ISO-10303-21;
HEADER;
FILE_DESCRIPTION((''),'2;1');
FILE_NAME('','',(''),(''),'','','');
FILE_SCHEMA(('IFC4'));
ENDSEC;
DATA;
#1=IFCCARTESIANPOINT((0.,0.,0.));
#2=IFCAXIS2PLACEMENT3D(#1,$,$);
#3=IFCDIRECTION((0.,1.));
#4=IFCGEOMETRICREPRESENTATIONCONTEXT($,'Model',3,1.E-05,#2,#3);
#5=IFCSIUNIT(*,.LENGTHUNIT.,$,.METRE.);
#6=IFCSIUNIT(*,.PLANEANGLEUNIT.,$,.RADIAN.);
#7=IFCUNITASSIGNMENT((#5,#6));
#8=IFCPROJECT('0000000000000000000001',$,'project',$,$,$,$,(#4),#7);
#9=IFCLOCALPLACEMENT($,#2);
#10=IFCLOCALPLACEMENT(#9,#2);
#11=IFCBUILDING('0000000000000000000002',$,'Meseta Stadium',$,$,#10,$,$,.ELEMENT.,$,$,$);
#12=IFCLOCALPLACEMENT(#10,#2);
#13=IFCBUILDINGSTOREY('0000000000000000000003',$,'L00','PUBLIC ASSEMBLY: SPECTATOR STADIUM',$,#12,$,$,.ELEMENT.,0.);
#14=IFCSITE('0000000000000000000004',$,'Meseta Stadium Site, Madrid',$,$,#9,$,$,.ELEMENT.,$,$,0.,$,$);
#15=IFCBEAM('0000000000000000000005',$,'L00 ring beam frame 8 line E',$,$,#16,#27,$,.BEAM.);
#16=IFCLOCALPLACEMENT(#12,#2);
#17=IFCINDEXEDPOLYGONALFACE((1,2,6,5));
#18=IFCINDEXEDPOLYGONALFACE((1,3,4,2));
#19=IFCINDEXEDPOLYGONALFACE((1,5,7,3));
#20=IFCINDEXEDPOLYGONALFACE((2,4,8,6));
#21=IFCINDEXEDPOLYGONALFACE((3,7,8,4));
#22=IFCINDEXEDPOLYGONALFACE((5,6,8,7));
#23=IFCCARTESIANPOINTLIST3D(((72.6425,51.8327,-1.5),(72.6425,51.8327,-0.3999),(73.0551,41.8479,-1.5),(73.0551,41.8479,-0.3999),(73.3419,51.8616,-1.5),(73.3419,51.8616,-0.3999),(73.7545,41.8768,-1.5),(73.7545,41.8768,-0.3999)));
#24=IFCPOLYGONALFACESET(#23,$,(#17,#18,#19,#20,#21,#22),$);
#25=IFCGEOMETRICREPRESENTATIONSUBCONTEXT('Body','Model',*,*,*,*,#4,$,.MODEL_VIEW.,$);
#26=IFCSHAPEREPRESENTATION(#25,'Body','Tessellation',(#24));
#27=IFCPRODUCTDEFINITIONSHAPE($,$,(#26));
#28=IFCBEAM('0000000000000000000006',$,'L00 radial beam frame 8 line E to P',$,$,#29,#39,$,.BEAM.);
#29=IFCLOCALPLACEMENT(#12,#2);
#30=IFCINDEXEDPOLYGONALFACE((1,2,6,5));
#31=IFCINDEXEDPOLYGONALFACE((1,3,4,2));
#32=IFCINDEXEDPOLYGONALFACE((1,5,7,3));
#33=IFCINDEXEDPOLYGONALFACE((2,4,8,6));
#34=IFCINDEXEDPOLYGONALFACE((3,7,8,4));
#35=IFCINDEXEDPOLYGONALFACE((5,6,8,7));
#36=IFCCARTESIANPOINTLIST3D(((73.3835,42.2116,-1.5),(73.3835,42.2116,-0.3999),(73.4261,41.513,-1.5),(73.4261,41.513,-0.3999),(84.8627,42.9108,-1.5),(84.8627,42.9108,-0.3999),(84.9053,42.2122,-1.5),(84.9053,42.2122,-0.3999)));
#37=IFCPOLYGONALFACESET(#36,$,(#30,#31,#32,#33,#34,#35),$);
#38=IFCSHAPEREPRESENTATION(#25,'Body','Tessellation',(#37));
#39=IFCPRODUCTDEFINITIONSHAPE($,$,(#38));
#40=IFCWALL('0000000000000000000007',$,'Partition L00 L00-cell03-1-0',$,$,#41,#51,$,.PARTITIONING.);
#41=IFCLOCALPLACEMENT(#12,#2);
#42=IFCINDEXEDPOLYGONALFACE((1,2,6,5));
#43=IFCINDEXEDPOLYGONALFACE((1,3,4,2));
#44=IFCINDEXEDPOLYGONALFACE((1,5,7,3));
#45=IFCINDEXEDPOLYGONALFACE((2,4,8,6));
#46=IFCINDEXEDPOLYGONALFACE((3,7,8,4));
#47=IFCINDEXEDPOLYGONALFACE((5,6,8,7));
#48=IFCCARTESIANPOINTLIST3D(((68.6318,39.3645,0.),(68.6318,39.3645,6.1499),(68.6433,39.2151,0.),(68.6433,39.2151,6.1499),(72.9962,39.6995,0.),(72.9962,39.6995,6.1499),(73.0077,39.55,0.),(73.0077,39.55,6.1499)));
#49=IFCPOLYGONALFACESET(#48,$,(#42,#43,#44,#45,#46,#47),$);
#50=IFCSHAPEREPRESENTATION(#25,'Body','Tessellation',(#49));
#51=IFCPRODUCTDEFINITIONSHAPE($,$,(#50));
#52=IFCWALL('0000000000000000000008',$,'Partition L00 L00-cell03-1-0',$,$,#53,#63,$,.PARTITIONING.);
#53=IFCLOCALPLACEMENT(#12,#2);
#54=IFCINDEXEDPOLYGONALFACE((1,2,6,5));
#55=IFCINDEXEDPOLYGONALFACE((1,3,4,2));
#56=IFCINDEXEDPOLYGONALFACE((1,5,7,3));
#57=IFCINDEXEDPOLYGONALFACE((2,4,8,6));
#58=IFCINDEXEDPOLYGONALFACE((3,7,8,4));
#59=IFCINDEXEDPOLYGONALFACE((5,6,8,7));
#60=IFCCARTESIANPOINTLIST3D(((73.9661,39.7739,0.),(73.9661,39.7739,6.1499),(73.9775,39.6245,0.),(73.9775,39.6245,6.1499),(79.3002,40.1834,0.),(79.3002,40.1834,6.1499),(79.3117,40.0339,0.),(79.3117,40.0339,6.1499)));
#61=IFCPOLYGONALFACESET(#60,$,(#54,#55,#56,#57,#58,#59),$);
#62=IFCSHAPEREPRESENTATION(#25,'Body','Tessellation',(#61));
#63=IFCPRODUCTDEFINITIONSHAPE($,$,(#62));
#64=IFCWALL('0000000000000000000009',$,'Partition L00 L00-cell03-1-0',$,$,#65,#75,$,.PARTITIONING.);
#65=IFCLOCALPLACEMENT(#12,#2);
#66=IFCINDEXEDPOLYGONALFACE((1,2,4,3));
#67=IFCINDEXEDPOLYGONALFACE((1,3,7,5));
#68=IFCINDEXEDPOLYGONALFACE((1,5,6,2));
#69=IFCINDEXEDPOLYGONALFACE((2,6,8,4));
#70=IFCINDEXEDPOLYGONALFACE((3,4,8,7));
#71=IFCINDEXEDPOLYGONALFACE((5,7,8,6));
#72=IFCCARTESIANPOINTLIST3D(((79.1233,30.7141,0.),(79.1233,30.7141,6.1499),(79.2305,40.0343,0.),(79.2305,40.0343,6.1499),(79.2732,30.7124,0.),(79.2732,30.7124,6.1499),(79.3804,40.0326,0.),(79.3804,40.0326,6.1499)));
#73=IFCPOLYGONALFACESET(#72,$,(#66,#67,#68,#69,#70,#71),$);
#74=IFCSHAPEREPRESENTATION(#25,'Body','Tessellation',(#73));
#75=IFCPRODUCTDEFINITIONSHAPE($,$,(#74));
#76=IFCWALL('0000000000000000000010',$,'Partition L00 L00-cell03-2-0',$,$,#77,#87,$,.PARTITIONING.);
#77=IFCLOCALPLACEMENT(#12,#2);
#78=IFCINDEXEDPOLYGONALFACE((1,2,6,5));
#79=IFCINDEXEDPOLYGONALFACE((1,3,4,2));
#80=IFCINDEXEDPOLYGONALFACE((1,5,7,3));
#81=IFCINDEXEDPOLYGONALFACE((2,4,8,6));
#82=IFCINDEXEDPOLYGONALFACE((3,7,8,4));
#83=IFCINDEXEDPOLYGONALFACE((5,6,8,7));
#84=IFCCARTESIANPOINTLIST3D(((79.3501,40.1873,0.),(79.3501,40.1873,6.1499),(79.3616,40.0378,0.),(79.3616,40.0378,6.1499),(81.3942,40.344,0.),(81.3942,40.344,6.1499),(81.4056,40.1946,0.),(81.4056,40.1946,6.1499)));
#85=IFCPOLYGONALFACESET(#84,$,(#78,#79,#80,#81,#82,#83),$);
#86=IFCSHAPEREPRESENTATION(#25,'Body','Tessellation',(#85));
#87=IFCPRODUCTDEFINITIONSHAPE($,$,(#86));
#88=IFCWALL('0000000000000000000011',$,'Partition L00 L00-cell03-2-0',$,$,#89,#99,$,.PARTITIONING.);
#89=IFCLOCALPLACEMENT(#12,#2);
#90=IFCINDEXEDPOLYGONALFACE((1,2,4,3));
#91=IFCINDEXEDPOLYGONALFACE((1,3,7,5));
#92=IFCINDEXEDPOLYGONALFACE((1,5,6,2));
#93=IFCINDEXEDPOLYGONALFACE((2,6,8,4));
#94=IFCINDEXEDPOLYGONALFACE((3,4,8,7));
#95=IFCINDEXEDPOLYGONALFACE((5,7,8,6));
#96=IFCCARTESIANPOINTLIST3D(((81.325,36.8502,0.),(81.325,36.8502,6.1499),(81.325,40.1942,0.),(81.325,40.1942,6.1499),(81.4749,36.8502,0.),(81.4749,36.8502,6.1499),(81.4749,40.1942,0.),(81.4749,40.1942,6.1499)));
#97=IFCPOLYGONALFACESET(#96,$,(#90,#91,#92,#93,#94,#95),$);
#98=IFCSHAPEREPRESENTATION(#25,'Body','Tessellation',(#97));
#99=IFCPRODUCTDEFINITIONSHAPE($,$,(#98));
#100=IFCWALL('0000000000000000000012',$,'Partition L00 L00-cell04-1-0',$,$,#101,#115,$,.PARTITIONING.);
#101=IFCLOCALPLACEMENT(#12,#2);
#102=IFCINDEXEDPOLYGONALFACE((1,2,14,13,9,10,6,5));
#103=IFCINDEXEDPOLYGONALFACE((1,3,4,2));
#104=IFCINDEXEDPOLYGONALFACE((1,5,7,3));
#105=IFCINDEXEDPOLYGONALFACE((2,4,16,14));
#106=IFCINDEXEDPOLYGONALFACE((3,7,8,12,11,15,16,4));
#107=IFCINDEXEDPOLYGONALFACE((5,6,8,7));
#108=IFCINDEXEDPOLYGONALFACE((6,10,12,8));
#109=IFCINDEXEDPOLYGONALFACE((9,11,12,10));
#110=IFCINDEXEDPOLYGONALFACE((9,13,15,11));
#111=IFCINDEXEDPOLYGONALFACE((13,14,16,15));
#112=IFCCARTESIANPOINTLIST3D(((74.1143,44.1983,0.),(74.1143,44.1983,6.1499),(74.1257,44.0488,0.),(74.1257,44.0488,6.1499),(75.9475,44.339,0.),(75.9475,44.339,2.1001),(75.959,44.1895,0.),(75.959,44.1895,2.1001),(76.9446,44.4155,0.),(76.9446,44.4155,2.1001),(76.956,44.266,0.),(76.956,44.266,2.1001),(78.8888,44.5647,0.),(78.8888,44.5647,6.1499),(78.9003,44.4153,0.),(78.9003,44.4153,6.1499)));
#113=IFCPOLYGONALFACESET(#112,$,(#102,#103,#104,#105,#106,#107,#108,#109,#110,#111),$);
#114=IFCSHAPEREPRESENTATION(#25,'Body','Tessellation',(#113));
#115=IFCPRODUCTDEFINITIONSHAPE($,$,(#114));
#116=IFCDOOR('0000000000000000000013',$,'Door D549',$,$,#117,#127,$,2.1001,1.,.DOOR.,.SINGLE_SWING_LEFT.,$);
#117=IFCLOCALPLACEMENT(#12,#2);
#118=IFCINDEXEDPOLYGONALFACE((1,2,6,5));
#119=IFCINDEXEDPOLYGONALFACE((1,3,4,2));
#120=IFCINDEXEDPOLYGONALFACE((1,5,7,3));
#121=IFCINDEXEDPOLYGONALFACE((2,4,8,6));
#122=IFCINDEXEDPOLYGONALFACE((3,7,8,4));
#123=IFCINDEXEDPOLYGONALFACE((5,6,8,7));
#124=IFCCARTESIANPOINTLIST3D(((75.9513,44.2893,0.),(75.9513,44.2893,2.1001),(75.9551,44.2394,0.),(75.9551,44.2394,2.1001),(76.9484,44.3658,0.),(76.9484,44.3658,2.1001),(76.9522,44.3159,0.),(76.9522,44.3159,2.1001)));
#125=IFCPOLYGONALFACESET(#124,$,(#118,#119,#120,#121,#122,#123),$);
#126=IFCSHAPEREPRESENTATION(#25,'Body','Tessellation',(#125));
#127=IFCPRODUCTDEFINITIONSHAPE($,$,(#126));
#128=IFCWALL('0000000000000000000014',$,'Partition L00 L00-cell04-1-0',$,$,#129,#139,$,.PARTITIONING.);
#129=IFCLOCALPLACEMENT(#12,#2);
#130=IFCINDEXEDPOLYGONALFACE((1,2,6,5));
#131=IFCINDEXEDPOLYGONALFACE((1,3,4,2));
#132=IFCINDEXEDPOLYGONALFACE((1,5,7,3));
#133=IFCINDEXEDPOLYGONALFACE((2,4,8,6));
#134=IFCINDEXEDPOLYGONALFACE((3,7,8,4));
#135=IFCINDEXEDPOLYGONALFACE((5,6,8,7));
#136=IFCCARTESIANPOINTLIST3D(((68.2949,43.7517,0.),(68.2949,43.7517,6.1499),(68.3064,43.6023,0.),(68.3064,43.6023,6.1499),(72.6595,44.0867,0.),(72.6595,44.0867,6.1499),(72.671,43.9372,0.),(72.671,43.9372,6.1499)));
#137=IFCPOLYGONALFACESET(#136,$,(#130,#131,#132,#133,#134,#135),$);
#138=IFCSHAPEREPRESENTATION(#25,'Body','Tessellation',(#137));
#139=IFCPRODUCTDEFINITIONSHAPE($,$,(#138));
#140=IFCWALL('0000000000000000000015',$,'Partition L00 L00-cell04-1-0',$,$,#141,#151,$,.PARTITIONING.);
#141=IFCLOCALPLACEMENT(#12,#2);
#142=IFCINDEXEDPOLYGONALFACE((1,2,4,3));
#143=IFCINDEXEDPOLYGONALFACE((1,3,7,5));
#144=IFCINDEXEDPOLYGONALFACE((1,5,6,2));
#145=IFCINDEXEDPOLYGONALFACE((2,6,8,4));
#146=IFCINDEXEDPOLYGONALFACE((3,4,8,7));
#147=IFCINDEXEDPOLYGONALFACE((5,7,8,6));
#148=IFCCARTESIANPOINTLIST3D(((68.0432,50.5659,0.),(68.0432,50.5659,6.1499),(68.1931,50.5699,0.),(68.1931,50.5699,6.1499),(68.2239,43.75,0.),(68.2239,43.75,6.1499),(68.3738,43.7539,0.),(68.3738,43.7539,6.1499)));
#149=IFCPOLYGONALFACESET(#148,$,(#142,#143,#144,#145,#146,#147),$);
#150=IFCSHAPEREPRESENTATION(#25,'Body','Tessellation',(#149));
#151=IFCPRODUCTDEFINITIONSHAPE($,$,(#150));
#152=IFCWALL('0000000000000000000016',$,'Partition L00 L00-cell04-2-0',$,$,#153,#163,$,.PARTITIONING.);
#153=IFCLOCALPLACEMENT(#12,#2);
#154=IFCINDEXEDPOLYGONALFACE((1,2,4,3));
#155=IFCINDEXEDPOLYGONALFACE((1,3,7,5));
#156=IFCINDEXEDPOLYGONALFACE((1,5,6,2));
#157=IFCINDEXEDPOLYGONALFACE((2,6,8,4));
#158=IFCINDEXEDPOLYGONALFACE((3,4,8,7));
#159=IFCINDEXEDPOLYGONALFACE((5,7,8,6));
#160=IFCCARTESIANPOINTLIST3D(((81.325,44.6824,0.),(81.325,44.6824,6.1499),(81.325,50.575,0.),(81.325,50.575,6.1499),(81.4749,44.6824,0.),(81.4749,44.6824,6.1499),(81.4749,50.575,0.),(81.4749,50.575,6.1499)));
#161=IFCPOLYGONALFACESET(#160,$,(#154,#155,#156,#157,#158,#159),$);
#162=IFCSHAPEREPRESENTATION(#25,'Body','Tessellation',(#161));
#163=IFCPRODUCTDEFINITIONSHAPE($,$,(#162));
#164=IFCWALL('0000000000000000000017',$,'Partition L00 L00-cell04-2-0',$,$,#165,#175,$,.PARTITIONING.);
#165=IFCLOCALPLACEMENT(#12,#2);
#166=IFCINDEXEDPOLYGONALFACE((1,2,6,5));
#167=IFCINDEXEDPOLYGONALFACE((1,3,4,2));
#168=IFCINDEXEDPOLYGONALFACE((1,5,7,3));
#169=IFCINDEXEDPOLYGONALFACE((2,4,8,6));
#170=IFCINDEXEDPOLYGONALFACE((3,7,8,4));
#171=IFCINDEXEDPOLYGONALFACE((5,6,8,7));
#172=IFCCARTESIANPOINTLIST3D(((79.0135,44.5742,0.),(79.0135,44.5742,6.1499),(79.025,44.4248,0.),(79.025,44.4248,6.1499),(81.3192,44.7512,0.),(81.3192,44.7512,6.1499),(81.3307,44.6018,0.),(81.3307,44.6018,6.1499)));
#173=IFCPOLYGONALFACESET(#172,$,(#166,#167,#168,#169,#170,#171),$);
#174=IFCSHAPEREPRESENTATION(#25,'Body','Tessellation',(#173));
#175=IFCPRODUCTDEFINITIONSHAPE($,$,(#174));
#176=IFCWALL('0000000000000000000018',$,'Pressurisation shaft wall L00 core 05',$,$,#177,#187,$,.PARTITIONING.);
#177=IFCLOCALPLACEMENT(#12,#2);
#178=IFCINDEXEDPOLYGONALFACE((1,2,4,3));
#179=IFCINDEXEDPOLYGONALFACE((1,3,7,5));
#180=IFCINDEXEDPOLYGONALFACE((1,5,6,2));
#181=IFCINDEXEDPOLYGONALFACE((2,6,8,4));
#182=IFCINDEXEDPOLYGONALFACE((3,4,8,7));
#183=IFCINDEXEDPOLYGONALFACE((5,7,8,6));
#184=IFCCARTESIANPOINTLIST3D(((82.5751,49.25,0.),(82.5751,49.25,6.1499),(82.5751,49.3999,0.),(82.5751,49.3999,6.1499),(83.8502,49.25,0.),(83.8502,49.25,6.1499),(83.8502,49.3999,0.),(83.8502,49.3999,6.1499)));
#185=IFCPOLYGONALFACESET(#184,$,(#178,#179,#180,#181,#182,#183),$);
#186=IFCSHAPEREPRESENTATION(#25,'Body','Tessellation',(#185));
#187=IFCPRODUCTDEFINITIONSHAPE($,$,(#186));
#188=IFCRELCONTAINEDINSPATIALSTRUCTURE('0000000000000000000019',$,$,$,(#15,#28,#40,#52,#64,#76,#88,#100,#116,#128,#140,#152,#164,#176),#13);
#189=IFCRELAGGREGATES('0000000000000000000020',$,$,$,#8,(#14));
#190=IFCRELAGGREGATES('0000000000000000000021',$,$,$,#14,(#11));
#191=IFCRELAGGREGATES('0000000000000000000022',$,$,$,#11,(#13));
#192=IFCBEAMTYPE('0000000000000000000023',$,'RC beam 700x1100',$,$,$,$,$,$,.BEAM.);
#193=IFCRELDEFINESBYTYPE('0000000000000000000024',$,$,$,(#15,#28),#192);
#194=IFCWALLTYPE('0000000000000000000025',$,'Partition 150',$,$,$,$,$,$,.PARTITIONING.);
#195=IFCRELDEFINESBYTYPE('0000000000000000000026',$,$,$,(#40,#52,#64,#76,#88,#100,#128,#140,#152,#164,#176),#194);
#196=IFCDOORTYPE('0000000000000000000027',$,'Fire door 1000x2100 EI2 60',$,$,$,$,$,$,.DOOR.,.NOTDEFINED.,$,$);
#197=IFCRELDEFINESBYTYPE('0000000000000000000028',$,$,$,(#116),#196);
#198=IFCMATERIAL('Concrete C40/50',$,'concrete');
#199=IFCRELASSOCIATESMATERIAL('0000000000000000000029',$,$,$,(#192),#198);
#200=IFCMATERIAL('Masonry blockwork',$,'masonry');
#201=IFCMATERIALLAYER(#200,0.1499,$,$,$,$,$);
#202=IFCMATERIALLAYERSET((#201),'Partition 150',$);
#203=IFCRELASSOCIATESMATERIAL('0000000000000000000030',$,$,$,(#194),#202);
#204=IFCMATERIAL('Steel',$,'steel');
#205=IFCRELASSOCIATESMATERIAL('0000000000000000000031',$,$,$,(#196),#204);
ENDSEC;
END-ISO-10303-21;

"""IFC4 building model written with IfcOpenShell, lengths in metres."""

from ifc_helpers import new_model, si_unit, direction, frame, frame_2d, origin, origin_2d, place, context, subcontext, project, spatial, rectangle, extrude, material, layer, layer_set, material_profile, profile_set, type_object, element, fill, save


model = new_model("IFC4")

# Units and contexts
model_context = context("Model", 3, precision=1e-05, world=origin(), true_north=direction((0.0, 1.0)))
body_context = subcontext(model_context, "Body", "Model", "MODEL_VIEW")
ifc_project = project(units=[si_unit("LENGTHUNIT", "METRE"), si_unit("PLANEANGLEUNIT", "RADIAN")], contexts=[model_context])

# Site, building, storey
site_placement = place(None, origin())
site = spatial("IfcSite", under=ifc_project, at=site_placement, Name="Meseta Stadium Site, Madrid", CompositionType="ELEMENT", RefElevation=0.0)
building_placement = place(site_placement, origin())
building = spatial("IfcBuilding", under=site, at=building_placement, Name="Meseta Stadium", CompositionType="ELEMENT")
storey_placement = place(building_placement, origin())
storey = spatial("IfcBuildingStorey", under=building, at=storey_placement, Name="L00", Description="PUBLIC ASSEMBLY: SPECTATOR STADIUM", CompositionType="ELEMENT", Elevation=0.0)

# Beams
ifc_material_1 = material(Name="Concrete C40/50", Category="concrete")
ifc_material_profile_1 = material_profile(ifc_material_1, rectangle(XDim=0.7, YDim=1.1001, at=origin_2d()), Name="RC 700x1100")
ifc_profile_set_1 = profile_set([ifc_material_profile_1], Name="Concrete C40/50")
beam_type_1 = type_object("IfcBeamType", Name="RC beam 700x1100", PredefinedType="BEAM", material=ifc_profile_set_1)
beam_1_placement = place(storey_placement, frame((73.4048, 41.8623, -0.95), z_axis=(-0.041287, 0.999147, 0.0), x_axis=(-0.999147, -0.041287, 0.0)))
element("IfcBeam", 1, at=beam_1_placement, inside=storey, type_object=beam_type_1, Name="L00 ring beam frame 8 line E", PredefinedType="BEAM", context=body_context, shape_type="SweptSolid", body=[
    extrude(rectangle(XDim=0.7, YDim=1.1001, at=origin_2d()), origin(), (0.0, 0.0, 1.0), 9.9934),
])
beam_2_placement = place(storey_placement, frame((73.4048, 41.8623, -0.95), z_axis=(0.99815, 0.060799, 0.0), x_axis=(-0.060799, 0.99815, 0.0)))
element("IfcBeam", 2, at=beam_2_placement, inside=storey, type_object=beam_type_1, Name="L00 radial beam frame 8 line E to P", PredefinedType="BEAM", context=body_context, shape_type="SweptSolid", body=[
    extrude(rectangle(XDim=0.7, YDim=1.1001, at=origin_2d()), origin(), (0.0, 0.0, 1.0), 11.5005),
])

# Walls
ifc_material_2 = material(Name="Masonry blockwork", Category="masonry")
ifc_layer = layer(ifc_material_2, 0.1499)
ifc_layer_set = layer_set([ifc_layer], Name="Partition 150")
wall_type = type_object("IfcWallType", Name="Partition 150", PredefinedType="PARTITIONING", material=ifc_layer_set)
wall_1_placement = place(storey_placement, frame((68.6377, 39.2898, 0.0), z_axis=(0.0, 0.0, 1.0), x_axis=(0.997068, 0.076526, 0.0)))
element("IfcWall", 3, at=wall_1_placement, inside=storey, type_object=wall_type, Name="Partition L00 L00-cell03-1-0", PredefinedType="PARTITIONING", context=body_context, shape_type="SweptSolid", body=[
    extrude(rectangle(XDim=4.3772, YDim=0.1499, at=frame_2d((2.1885, 0.0))), origin(), (0.0, 0.0, 1.0), 6.1499),
])
wall_2_placement = place(storey_placement, frame((73.9719, 39.6992, 0.0), z_axis=(0.0, 0.0, 1.0), x_axis=(0.997067, 0.076529, 0.0)))
element("IfcWall", 4, at=wall_2_placement, inside=storey, type_object=wall_type, Name="Partition L00 L00-cell03-1-0", PredefinedType="PARTITIONING", context=body_context, shape_type="SweptSolid", body=[
    extrude(rectangle(XDim=5.3499, YDim=0.1499, at=frame_2d((2.6748, 0.0))), origin(), (0.0, 0.0, 1.0), 6.1499),
])
wall_3_placement = place(storey_placement, frame((79.3054, 40.0334, 0.0), z_axis=(0.0, 0.0, 1.0), x_axis=(-0.011499, -0.999934, 0.0)))
element("IfcWall", 5, at=wall_3_placement, inside=storey, type_object=wall_type, Name="Partition L00 L00-cell03-1-0", PredefinedType="PARTITIONING", context=body_context, shape_type="SweptSolid", body=[
    extrude(rectangle(XDim=9.3208, YDim=0.1499, at=frame_2d((4.6604, 0.0))), origin(), (0.0, 0.0, 1.0), 6.1499),
])
wall_4_placement = place(storey_placement, frame((79.356, 40.1125, 0.0), z_axis=(0.0, 0.0, 1.0), x_axis=(0.997073, 0.07646, 0.0)))
element("IfcWall", 6, at=wall_4_placement, inside=storey, type_object=wall_type, Name="Partition L00 L00-cell03-2-0", PredefinedType="PARTITIONING", context=body_context, shape_type="SweptSolid", body=[
    extrude(rectangle(XDim=2.05, YDim=0.1499, at=frame_2d((1.0249, 0.0))), origin(), (0.0, 0.0, 1.0), 6.1499),
])
wall_5_placement = place(storey_placement, frame((81.3999, 40.1941, 0.0), z_axis=(0.0, 0.0, 1.0), x_axis=(0.0, -1.0, 0.0)))
element("IfcWall", 7, at=wall_5_placement, inside=storey, type_object=wall_type, Name="Partition L00 L00-cell03-2-0", PredefinedType="PARTITIONING", context=body_context, shape_type="SweptSolid", body=[
    extrude(rectangle(XDim=3.344, YDim=0.1499, at=frame_2d((1.6719, 0.0))), origin(), (0.0, 0.0, 1.0), 6.1499),
])

# Wall, opening, door
wall_6_placement = place(storey_placement, frame((78.8945, 44.49, 0.0), z_axis=(0.0, 0.0, 1.0), x_axis=(-0.997067, -0.076529, 0.0)))
wall_6 = element("IfcWall", 8, at=wall_6_placement, inside=storey, type_object=wall_type, Name="Partition L00 L00-cell04-1-0", PredefinedType="PARTITIONING", context=body_context, shape_type="SweptSolid", body=[
    extrude(rectangle(XDim=4.7886, YDim=0.1499, at=frame_2d((2.3943, 0.0))), origin(), (0.0, 0.0, 1.0), 6.1499),
])
opening_1_placement = place(wall_6_placement, frame((1.95, 0.0, 0.0)))
opening_1 = element("IfcOpeningElement", 9, at=opening_1_placement, cuts=wall_6, PredefinedType="OPENING", context=body_context, shape_type="SweptSolid", body=[
    extrude(rectangle(XDim=1.0, YDim=2.1001, at=frame_2d((0.5, 1.05))), frame((0.0, 0.085, 0.0), z_axis=(0.0, -1.0, 0.0), x_axis=(1.0, 0.0, 0.0)), (0.0, 0.0, 1.0), 0.1699),
])
ifc_material_3 = material(Name="Steel", Category="steel")
door_type_1 = type_object("IfcDoorType", Name="Fire door 1000x2100 EI2 60", OperationType="NOTDEFINED", PredefinedType="DOOR", material=ifc_material_3)
door_1_placement = place(opening_1_placement, origin())
door_1 = element("IfcDoor", 10, at=door_1_placement, inside=storey, type_object=door_type_1, Name="Door D549", OperationType="SINGLE_SWING_LEFT", OverallHeight=2.1001, OverallWidth=1.0, PredefinedType="DOOR", context=body_context, shape_type="SweptSolid", body=[
    extrude(rectangle(XDim=1.0, YDim=2.1001, at=frame_2d((0.5, 1.05))), frame((0.0, 0.0249, 0.0), z_axis=(0.0, -1.0, 0.0), x_axis=(1.0, 0.0, 0.0)), (0.0, 0.0, 1.0), 0.05),
])
fill(opening_1, door_1)

# Walls
wall_7_placement = place(storey_placement, frame((72.6653, 44.012, 0.0), z_axis=(0.0, 0.0, 1.0), x_axis=(-0.997068, -0.076522, 0.0)))
element("IfcWall", 11, at=wall_7_placement, inside=storey, type_object=wall_type, Name="Partition L00 L00-cell04-1-0", PredefinedType="PARTITIONING", context=body_context, shape_type="SweptSolid", body=[
    extrude(rectangle(XDim=4.3774, YDim=0.1499, at=frame_2d((2.1887, 0.0))), origin(), (0.0, 0.0, 1.0), 6.1499),
])
wall_8_placement = place(storey_placement, frame((68.2988, 43.752, 0.0), z_axis=(0.0, 0.0, 1.0), x_axis=(-0.026497, 0.999649, 0.0)))
element("IfcWall", 12, at=wall_8_placement, inside=storey, type_object=wall_type, Name="Partition L00 L00-cell04-1-0", PredefinedType="PARTITIONING", context=body_context, shape_type="SweptSolid", body=[
    extrude(rectangle(XDim=6.8184, YDim=0.1499, at=frame_2d((3.4092, 0.0))), origin(), (0.0, 0.0, 1.0), 6.1499),
])
wall_9_placement = place(storey_placement, frame((81.3999, 50.575, 0.0), z_axis=(0.0, 0.0, 1.0), x_axis=(0.0, -1.0, 0.0)))
element("IfcWall", 13, at=wall_9_placement, inside=storey, type_object=wall_type, Name="Partition L00 L00-cell04-2-0", PredefinedType="PARTITIONING", context=body_context, shape_type="SweptSolid", body=[
    extrude(rectangle(XDim=5.8926, YDim=0.1499, at=frame_2d((2.9463, 0.0))), origin(), (0.0, 0.0, 1.0), 6.1499),
])
wall_10_placement = place(storey_placement, frame((81.325, 44.6765, 0.0), z_axis=(0.0, 0.0, 1.0), x_axis=(-0.997066, -0.076543, 0.0)))
element("IfcWall", 14, at=wall_10_placement, inside=storey, type_object=wall_type, Name="Partition L00 L00-cell04-2-0", PredefinedType="PARTITIONING", context=body_context, shape_type="SweptSolid", body=[
    extrude(rectangle(XDim=2.3125, YDim=0.1499, at=frame_2d((1.1562, 0.0))), origin(), (0.0, 0.0, 1.0), 6.1499),
])
wall_11_placement = place(storey_placement, frame((82.575, 49.325, 0.0), z_axis=(0.0, 0.0, 1.0), x_axis=(1.0, 0.0, 0.0)))
element("IfcWall", 15, at=wall_11_placement, inside=storey, type_object=wall_type, Name="Pressurisation shaft wall L00 core 05", PredefinedType="PARTITIONING", context=body_context, shape_type="SweptSolid", body=[
    extrude(rectangle(XDim=1.2751, YDim=0.1499, at=frame_2d((0.6377, 0.0))), origin(), (0.0, 0.0, 1.0), 6.1499),
])

save(model, "model.ifc")
